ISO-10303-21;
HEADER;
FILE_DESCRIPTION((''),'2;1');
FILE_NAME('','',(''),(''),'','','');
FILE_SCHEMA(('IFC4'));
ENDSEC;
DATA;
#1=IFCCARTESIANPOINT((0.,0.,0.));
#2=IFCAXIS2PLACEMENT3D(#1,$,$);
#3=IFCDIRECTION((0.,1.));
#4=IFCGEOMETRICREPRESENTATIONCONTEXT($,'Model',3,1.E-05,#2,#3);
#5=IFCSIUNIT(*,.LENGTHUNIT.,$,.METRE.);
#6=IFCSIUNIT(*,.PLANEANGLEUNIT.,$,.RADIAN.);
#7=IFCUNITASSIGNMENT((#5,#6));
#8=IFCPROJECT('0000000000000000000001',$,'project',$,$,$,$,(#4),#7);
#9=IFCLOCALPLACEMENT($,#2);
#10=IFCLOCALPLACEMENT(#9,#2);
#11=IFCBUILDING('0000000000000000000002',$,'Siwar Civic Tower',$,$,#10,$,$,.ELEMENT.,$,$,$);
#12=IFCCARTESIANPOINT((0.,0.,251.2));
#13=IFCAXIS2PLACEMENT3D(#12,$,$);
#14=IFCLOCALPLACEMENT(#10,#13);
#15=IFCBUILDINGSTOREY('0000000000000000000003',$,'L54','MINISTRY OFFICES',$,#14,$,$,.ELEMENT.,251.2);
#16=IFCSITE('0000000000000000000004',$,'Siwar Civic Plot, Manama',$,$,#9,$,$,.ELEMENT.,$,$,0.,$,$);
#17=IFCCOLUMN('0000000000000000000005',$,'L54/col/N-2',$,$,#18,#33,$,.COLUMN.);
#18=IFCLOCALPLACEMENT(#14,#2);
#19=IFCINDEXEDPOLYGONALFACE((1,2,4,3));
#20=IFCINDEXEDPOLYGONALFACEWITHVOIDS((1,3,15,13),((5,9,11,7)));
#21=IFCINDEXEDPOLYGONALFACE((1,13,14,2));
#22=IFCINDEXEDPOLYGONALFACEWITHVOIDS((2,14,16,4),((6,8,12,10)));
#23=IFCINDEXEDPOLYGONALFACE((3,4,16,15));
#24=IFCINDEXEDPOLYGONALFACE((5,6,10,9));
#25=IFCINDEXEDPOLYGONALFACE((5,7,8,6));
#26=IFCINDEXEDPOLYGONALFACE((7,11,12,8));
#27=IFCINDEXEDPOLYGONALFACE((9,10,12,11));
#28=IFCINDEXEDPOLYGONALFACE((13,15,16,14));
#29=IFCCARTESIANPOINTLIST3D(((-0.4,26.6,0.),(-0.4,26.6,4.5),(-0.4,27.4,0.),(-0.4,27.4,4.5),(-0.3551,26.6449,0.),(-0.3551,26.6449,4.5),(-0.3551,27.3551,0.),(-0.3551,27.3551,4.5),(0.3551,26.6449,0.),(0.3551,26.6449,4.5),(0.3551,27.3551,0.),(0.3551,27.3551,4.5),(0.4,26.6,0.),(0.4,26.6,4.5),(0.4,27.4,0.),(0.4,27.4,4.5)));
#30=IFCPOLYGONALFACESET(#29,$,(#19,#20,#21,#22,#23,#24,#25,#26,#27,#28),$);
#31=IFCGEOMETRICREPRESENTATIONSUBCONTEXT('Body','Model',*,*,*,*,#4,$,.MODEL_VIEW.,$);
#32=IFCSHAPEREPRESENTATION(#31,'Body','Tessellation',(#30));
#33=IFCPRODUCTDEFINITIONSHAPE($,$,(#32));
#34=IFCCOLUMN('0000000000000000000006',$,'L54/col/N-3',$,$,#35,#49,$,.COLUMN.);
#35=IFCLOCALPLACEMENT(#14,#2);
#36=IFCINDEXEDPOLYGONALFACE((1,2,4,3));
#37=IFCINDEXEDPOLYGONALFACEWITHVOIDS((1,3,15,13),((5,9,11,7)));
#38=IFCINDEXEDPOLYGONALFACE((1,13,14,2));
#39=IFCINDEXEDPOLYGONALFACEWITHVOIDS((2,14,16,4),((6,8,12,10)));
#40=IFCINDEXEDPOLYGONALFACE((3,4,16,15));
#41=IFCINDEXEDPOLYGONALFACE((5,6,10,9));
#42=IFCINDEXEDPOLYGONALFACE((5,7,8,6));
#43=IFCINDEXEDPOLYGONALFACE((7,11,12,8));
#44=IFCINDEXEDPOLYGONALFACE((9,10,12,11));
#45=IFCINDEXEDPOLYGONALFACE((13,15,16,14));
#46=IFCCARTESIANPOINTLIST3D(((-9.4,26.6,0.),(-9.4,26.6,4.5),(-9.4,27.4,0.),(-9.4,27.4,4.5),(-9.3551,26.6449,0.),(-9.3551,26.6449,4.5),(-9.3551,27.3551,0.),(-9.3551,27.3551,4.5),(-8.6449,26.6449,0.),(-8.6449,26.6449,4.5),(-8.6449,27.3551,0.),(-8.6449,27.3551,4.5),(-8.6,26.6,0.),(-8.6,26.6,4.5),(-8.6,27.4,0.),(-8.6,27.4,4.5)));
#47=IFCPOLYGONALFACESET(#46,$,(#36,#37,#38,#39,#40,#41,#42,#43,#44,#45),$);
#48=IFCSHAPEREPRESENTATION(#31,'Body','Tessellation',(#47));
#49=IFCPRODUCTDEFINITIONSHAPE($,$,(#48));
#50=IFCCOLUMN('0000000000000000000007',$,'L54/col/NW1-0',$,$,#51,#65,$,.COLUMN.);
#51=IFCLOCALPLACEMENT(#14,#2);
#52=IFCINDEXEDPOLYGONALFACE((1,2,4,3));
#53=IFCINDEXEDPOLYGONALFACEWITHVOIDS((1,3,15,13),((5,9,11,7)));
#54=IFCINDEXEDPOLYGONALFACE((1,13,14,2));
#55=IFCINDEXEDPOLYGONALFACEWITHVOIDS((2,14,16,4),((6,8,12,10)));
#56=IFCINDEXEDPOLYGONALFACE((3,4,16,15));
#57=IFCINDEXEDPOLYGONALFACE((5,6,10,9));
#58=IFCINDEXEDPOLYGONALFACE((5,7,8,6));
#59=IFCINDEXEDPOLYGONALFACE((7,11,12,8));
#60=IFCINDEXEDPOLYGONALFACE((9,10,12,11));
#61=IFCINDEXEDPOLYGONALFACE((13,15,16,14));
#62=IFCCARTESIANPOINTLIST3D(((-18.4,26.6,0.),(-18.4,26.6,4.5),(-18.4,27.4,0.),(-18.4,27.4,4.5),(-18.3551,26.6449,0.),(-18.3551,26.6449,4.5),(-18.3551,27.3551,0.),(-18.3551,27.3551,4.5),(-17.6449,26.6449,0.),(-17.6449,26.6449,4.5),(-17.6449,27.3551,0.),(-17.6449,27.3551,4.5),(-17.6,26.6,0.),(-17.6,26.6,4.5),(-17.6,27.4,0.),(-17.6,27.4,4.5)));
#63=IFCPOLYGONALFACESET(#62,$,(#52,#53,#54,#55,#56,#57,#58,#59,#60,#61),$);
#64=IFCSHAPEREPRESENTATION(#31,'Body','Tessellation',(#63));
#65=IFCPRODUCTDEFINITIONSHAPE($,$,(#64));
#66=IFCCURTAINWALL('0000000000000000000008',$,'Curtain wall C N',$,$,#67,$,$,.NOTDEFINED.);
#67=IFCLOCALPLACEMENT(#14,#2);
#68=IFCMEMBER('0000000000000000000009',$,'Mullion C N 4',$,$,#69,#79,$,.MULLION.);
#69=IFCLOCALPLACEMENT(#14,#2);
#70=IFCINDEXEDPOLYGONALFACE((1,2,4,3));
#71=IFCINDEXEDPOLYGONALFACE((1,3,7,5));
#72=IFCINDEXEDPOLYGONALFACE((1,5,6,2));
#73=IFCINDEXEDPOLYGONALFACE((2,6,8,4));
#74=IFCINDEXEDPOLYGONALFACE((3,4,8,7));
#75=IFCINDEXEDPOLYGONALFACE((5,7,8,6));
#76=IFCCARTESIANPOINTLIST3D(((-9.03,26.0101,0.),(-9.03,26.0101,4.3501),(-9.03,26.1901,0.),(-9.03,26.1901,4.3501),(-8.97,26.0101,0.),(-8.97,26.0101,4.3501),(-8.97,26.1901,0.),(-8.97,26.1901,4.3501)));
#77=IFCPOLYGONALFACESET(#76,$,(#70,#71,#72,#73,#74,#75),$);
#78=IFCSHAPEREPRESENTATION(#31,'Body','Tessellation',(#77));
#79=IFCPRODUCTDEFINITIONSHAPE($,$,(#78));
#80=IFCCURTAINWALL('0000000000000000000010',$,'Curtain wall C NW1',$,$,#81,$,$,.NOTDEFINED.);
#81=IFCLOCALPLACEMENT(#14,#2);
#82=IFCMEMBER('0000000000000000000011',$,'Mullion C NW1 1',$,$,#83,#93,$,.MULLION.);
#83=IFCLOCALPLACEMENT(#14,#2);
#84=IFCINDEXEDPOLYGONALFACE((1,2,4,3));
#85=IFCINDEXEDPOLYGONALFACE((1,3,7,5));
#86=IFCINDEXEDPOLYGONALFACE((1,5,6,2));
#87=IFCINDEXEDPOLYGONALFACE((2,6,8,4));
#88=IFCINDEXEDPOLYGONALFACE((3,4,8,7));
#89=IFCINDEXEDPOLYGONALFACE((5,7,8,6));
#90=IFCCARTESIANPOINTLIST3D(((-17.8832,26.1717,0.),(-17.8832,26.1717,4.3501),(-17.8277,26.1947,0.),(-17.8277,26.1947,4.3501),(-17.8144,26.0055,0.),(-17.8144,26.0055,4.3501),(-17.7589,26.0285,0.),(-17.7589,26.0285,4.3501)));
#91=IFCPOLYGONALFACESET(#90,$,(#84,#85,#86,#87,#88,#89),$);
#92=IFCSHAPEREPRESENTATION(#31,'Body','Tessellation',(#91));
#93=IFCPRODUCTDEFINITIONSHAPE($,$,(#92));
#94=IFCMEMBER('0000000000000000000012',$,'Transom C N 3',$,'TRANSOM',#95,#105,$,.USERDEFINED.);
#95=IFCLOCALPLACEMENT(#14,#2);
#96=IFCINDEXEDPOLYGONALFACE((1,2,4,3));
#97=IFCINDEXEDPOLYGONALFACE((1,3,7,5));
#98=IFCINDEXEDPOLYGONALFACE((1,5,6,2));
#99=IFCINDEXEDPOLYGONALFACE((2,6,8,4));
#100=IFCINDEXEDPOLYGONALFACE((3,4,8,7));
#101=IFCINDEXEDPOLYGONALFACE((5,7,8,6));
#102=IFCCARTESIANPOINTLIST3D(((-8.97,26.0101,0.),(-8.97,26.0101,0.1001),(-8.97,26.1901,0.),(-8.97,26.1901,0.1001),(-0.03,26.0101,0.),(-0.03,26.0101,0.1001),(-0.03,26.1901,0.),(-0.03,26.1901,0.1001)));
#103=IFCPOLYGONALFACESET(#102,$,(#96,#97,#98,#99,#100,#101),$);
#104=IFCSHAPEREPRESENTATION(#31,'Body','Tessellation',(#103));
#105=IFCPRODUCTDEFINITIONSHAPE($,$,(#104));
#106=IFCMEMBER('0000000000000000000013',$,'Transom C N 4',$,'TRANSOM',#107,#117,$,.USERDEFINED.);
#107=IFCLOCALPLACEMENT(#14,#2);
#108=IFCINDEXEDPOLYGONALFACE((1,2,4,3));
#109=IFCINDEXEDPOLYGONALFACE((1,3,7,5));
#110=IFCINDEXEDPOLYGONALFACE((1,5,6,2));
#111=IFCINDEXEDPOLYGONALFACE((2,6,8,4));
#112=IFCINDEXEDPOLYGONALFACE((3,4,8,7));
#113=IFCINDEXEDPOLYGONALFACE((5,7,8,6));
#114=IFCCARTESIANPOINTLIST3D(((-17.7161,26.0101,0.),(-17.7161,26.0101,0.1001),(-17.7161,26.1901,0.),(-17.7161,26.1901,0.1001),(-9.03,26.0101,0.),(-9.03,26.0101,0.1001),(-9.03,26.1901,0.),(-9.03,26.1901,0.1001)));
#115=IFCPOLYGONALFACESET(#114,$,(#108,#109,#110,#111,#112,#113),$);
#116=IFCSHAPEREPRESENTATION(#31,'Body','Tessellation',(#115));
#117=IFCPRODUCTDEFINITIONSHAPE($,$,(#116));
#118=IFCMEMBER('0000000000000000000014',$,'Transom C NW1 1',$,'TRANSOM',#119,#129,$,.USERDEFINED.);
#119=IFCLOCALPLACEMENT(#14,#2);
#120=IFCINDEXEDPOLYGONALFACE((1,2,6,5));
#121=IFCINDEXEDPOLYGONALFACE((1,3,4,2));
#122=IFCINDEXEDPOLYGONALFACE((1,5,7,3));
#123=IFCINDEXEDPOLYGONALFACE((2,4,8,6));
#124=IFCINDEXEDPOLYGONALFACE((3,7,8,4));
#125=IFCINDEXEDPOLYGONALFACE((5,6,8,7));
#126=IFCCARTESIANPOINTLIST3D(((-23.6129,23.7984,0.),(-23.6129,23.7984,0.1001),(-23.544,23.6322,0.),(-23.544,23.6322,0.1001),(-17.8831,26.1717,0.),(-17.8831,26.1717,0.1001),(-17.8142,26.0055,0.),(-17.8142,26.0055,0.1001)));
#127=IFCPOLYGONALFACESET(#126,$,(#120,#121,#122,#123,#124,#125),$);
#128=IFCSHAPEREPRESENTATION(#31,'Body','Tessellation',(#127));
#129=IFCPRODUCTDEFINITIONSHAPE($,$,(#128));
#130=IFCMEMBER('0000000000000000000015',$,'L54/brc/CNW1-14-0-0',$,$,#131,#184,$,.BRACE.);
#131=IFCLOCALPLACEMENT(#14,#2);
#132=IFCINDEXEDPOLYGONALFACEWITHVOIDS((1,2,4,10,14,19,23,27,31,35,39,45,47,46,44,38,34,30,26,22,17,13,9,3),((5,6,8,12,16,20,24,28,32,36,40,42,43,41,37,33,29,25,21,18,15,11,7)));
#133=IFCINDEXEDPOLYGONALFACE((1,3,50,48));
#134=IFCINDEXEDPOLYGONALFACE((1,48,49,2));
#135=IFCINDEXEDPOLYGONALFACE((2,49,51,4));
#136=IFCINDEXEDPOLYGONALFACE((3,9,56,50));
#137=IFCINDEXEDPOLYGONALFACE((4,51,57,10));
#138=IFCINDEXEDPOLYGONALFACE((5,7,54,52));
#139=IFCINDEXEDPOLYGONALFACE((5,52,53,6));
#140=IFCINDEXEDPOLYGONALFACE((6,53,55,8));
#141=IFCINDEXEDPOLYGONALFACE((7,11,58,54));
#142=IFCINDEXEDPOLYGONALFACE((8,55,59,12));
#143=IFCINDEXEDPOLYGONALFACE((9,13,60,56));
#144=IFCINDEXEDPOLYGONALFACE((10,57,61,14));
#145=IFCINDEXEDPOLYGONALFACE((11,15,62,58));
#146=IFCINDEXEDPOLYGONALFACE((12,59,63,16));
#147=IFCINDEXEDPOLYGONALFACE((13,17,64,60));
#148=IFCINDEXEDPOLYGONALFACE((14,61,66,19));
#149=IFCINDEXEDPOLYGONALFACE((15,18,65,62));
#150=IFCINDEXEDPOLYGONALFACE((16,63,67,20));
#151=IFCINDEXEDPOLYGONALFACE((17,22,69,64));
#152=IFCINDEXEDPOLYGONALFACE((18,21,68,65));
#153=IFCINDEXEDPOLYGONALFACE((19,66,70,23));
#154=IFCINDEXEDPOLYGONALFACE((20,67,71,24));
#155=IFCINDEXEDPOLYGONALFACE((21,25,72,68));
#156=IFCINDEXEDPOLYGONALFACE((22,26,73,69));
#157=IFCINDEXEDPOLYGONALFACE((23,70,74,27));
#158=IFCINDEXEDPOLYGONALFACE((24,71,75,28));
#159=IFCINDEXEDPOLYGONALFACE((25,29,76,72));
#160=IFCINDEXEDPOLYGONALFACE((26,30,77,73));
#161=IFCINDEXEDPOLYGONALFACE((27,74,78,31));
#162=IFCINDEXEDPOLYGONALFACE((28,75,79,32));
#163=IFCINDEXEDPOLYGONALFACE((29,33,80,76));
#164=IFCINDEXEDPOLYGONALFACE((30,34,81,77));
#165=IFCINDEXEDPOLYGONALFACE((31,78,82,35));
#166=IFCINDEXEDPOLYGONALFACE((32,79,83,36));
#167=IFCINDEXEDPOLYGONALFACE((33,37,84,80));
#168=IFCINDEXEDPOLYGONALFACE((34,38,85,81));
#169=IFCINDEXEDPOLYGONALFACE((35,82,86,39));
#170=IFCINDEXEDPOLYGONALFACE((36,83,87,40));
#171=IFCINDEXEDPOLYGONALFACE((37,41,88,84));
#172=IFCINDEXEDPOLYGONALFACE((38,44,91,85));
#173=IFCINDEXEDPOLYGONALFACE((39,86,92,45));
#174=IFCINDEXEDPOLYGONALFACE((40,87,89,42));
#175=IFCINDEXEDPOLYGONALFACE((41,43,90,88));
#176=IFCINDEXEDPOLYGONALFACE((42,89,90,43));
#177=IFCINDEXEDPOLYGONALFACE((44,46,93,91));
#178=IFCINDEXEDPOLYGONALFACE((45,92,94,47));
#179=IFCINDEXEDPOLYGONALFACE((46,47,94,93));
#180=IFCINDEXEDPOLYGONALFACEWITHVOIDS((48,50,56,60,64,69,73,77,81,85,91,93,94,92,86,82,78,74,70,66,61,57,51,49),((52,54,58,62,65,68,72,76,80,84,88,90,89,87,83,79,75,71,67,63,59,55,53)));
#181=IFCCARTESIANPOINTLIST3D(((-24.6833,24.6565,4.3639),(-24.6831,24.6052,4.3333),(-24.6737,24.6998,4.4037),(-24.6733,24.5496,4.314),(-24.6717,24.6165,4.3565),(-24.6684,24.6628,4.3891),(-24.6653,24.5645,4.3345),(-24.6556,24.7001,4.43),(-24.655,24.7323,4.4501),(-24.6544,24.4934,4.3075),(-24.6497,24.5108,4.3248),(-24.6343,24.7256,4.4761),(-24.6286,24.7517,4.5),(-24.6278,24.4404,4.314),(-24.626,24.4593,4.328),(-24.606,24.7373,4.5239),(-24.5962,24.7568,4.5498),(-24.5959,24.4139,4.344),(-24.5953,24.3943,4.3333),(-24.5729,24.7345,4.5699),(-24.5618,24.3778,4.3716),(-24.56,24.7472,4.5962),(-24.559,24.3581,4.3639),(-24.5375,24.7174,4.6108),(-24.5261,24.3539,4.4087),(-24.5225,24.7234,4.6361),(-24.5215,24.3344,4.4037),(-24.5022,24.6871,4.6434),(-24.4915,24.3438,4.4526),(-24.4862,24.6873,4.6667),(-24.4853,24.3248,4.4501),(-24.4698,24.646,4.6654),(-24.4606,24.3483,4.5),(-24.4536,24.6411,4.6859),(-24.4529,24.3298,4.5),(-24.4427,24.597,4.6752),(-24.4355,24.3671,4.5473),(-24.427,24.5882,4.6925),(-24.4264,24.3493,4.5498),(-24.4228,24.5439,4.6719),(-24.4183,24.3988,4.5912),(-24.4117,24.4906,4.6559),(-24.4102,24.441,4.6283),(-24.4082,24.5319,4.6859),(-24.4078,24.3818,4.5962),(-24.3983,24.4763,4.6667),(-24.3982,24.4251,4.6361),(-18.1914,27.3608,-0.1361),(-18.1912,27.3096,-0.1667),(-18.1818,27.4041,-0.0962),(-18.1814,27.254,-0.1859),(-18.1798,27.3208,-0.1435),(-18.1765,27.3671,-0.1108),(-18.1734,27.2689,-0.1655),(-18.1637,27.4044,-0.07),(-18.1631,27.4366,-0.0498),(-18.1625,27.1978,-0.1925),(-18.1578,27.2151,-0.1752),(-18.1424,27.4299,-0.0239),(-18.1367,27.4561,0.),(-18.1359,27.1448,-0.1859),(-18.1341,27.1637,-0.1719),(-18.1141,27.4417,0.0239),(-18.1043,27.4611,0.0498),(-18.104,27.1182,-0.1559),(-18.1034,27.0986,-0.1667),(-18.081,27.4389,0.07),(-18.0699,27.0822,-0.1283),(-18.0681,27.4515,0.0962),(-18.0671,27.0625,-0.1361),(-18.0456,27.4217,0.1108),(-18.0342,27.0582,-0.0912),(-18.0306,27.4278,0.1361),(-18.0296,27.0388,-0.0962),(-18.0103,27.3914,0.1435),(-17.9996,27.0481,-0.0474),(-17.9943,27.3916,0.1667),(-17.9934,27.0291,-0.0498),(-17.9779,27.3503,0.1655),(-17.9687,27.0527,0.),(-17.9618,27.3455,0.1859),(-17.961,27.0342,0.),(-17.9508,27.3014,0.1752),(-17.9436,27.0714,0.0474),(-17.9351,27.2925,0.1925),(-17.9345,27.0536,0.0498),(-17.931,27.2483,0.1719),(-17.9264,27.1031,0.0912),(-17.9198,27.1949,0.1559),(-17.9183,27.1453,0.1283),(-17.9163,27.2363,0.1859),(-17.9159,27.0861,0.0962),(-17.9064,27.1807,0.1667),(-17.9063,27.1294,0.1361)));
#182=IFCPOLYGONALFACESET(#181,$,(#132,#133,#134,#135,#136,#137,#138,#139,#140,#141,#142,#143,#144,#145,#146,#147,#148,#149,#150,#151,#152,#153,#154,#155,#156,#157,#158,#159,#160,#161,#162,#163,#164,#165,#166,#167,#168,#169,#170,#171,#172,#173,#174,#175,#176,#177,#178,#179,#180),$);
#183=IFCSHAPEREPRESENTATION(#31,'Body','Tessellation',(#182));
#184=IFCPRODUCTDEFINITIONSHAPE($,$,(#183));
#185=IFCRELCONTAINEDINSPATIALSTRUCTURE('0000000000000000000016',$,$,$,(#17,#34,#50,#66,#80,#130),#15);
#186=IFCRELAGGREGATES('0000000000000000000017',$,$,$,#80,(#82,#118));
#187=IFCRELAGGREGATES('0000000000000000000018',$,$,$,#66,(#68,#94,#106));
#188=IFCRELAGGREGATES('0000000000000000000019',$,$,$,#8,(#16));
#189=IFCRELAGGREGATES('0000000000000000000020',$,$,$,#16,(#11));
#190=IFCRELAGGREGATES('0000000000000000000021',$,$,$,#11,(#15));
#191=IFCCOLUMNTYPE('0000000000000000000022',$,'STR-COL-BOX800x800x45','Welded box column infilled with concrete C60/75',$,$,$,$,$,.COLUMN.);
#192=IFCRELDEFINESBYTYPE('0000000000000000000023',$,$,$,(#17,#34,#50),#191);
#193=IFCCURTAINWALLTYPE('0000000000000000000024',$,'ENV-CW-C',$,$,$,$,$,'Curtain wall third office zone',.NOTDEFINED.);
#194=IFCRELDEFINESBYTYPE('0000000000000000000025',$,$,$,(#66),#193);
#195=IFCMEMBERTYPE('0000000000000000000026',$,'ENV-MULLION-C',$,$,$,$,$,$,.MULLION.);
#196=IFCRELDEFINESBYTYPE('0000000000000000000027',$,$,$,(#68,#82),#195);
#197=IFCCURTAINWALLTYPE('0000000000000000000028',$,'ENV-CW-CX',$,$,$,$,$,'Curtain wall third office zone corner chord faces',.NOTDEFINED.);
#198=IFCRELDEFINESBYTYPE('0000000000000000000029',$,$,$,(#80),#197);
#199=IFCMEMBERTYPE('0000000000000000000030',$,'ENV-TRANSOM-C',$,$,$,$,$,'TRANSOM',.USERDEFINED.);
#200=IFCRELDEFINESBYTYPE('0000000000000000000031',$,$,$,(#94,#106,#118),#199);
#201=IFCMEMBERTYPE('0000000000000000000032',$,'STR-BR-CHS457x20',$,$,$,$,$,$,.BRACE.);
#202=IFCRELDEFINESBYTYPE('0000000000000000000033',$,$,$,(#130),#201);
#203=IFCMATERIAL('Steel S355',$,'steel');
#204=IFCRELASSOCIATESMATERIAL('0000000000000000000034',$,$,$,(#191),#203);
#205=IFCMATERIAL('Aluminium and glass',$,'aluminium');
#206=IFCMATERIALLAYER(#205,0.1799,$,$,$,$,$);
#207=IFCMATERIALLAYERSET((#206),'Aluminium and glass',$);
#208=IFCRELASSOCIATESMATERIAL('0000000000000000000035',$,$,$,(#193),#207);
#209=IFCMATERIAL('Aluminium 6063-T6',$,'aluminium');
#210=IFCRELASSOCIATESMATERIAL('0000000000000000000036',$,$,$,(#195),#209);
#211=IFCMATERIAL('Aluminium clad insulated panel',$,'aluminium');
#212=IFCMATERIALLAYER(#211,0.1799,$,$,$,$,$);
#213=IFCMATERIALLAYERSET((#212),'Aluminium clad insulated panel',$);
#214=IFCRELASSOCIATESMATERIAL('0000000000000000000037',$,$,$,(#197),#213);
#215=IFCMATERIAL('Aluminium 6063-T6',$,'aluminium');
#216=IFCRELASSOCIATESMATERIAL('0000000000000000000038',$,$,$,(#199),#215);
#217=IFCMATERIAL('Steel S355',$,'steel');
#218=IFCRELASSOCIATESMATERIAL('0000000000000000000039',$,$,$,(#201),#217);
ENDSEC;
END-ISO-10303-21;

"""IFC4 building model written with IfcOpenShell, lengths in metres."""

from ifc_helpers import new_model, si_unit, direction, frame, origin, origin_2d, place, context, subcontext, project, spatial, rectangle, hollow_rectangle, hollow_circle, extrude, material, layer, layer_set, material_profile, profile_set, type_object, element, aggregate, save


model = new_model("IFC4")

# Units and contexts
model_context = context("Model", 3, precision=1e-05, world=origin(), true_north=direction((0.0, 1.0)))
body_context = subcontext(model_context, "Body", "Model", "MODEL_VIEW")
ifc_project = project(units=[si_unit("LENGTHUNIT", "METRE"), si_unit("PLANEANGLEUNIT", "RADIAN")], contexts=[model_context])

# Site, building, storey
site_placement = place(None, origin())
site = spatial("IfcSite", under=ifc_project, at=site_placement, Name="Siwar Civic Plot, Manama", CompositionType="ELEMENT", RefElevation=0.0)
building_placement = place(site_placement, origin())
building = spatial("IfcBuilding", under=site, at=building_placement, Name="Siwar Civic Tower", CompositionType="ELEMENT")
storey_placement = place(building_placement, frame((0.0, 0.0, 251.2)))
storey = spatial("IfcBuildingStorey", under=building, at=storey_placement, Name="L54", Description="MINISTRY OFFICES", CompositionType="ELEMENT", Elevation=251.2)

# Columns
ifc_material_1 = material(Name="Steel S355", Category="steel")
ifc_material_profile_1 = material_profile(ifc_material_1, hollow_rectangle(XDim=0.8, YDim=0.8, WallThickness=0.0449, at=origin_2d()), Name="BOX800x800x45")
ifc_profile_set_1 = profile_set([ifc_material_profile_1], Name="Steel S355")
column_type = type_object("IfcColumnType", Name="STR-COL-BOX800x800x45", Description="Welded box column infilled with concrete C60/75", PredefinedType="COLUMN", material=ifc_profile_set_1)
for number, where, z_axis, x_axis, name in (
    (1, (0.0, 27.0, 0.0), (0.0, 0.0, 1.0), (1.0, 0.0, 0.0), "L54/col/N-2"),
    (2, (-9.0, 27.0, 0.0), (0.0, 0.0, 1.0), (1.0, 0.0, 0.0), "L54/col/N-3"),
    (3, (-18.0, 27.0, 0.0), (0.0, 0.0, 1.0), (1.0, 0.0, 0.0), "L54/col/NW1-0"),
):
    element("IfcColumn", number, at=place(storey_placement, frame(where, z_axis=z_axis, x_axis=x_axis)), inside=storey, type_object=column_type, Name=name, PredefinedType="COLUMN", context=body_context, shape_type="SweptSolid", body=[
        extrude(hollow_rectangle(XDim=0.8, YDim=0.8, WallThickness=0.0449, at=origin_2d()), origin(), (0.0, 0.0, 1.0), 4.5),
    ])

# Curtain walls, members
ifc_material_2 = material(Name="Aluminium and glass", Category="aluminium")
ifc_layer_1 = layer(ifc_material_2, 0.1799)
ifc_layer_set_1 = layer_set([ifc_layer_1], Name="Aluminium and glass")
curtain_wall_type_1 = type_object("IfcCurtainWallType", Name="ENV-CW-C", ElementType="Curtain wall third office zone", PredefinedType="NOTDEFINED", material=ifc_layer_set_1)
curtain_wall_1_placement = place(storey_placement, origin())
curtain_wall_1 = element("IfcCurtainWall", 4, at=curtain_wall_1_placement, inside=storey, type_object=curtain_wall_type_1, Name="Curtain wall C N", PredefinedType="NOTDEFINED")
ifc_material_3 = material(Name="Aluminium 6063-T6", Category="aluminium")
ifc_material_profile_2 = material_profile(ifc_material_3, rectangle(XDim=0.1799, YDim=0.0601, at=origin_2d()), Name="AL 180x60")
ifc_profile_set_2 = profile_set([ifc_material_profile_2], Name="Aluminium 6063-T6")
member_type_1 = type_object("IfcMemberType", Name="ENV-MULLION-C", PredefinedType="MULLION", material=ifc_profile_set_2)
member_1_placement = place(storey_placement, frame((-9.0, 26.1001, 0.0), z_axis=(0.0, 0.0, 1.0), x_axis=(0.0, -1.0, 0.0)))
member_1 = element("IfcMember", 5, at=member_1_placement, type_object=member_type_1, Name="Mullion C N 4", PredefinedType="MULLION", context=body_context, shape_type="SweptSolid", body=[
    extrude(rectangle(XDim=0.1799, YDim=0.0601, at=origin_2d()), origin(), (0.0, 0.0, 1.0), 4.3501),
])
ifc_material_4 = material(Name="Aluminium clad insulated panel", Category="aluminium")
ifc_layer_2 = layer(ifc_material_4, 0.1799)
ifc_layer_set_2 = layer_set([ifc_layer_2], Name="Aluminium clad insulated panel")
curtain_wall_type_2 = type_object("IfcCurtainWallType", Name="ENV-CW-CX", ElementType="Curtain wall third office zone corner chord faces", PredefinedType="NOTDEFINED", material=ifc_layer_set_2)
curtain_wall_2_placement = place(storey_placement, origin())
curtain_wall_2 = element("IfcCurtainWall", 6, at=curtain_wall_2_placement, inside=storey, type_object=curtain_wall_type_2, Name="Curtain wall C NW1", PredefinedType="NOTDEFINED")
member_2_placement = place(storey_placement, frame((-17.821, 26.1001, 0.0), z_axis=(0.0, 0.0, 1.0), x_axis=(0.382683, -0.92388, 0.0)))
member_2 = element("IfcMember", 7, at=member_2_placement, type_object=member_type_1, Name="Mullion C NW1 1", PredefinedType="MULLION", context=body_context, shape_type="SweptSolid", body=[
    extrude(rectangle(XDim=0.1799, YDim=0.0601, at=origin_2d()), origin(), (0.0, 0.0, 1.0), 4.3501),
])

# Members
ifc_material_5 = material(Name="Aluminium 6063-T6", Category="aluminium")
ifc_material_profile_3 = material_profile(ifc_material_5, rectangle(XDim=0.1799, YDim=0.1001, at=origin_2d()), Name="AL 180x100")
ifc_profile_set_3 = profile_set([ifc_material_profile_3], Name="Aluminium 6063-T6")
member_type_2 = type_object("IfcMemberType", Name="ENV-TRANSOM-C", ElementType="TRANSOM", PredefinedType="USERDEFINED", material=ifc_profile_set_3)
member_3_placement = place(storey_placement, frame((-0.03, 26.1001, 0.05), z_axis=(-1.0, 0.0, 0.0), x_axis=(0.0, -1.0, 0.0)))
member_3 = element("IfcMember", 8, at=member_3_placement, type_object=member_type_2, Name="Transom C N 3", ObjectType="TRANSOM", PredefinedType="USERDEFINED", context=body_context, shape_type="SweptSolid", body=[
    extrude(rectangle(XDim=0.1799, YDim=0.1001, at=origin_2d()), origin(), (0.0, 0.0, 1.0), 8.9399),
])
member_4_placement = place(storey_placement, frame((-9.03, 26.1001, 0.05), z_axis=(-1.0, 0.0, 0.0), x_axis=(0.0, -1.0, 0.0)))
member_4 = element("IfcMember", 9, at=member_4_placement, type_object=member_type_2, Name="Transom C N 4", ObjectType="TRANSOM", PredefinedType="USERDEFINED", context=body_context, shape_type="SweptSolid", body=[
    extrude(rectangle(XDim=0.1799, YDim=0.1001, at=origin_2d()), origin(), (0.0, 0.0, 1.0), 8.686),
])
member_5_placement = place(storey_placement, frame((-17.8486, 26.0886, 0.05), z_axis=(-0.923882, -0.382677, 0.0), x_axis=(0.382677, -0.923882, 0.0)))
member_5 = element("IfcMember", 10, at=member_5_placement, type_object=member_type_2, Name="Transom C NW1 1", ObjectType="TRANSOM", PredefinedType="USERDEFINED", context=body_context, shape_type="SweptSolid", body=[
    extrude(rectangle(XDim=0.1799, YDim=0.1001, at=origin_2d()), origin(), (0.0, 0.0, 1.0), 6.2019),
])
aggregate(curtain_wall_2, [member_2, member_5])
ifc_material_6 = material(Name="Steel S355", Category="steel")
ifc_material_profile_4 = material_profile(ifc_material_6, hollow_circle(Radius=0.2285, WallThickness=0.02, at=origin_2d()), Name="CHS457x20")
ifc_profile_set_4 = profile_set([ifc_material_profile_4], Name="Steel S355")
member_type_3 = type_object("IfcMemberType", Name="STR-BR-CHS457x20", PredefinedType="BRACE", material=ifc_profile_set_4)
member_6_placement = place(storey_placement, frame((-18.0488, 27.2451, 0.0), z_axis=(-0.777555, -0.323906, 0.538975), x_axis=(0.384539, -0.923109, 0.0)))
element("IfcMember", 11, at=member_6_placement, inside=storey, type_object=member_type_3, Name="L54/brc/CNW1-14-0-0", PredefinedType="BRACE", context=body_context, shape_type="SweptSolid", body=[
    extrude(hollow_circle(Radius=0.2285, WallThickness=0.02, at=origin_2d()), origin(), (0.0, 0.0, 1.0), 8.3491),
])

aggregate(curtain_wall_1, [member_1, member_3, member_4])

save(model, "model.ifc")
